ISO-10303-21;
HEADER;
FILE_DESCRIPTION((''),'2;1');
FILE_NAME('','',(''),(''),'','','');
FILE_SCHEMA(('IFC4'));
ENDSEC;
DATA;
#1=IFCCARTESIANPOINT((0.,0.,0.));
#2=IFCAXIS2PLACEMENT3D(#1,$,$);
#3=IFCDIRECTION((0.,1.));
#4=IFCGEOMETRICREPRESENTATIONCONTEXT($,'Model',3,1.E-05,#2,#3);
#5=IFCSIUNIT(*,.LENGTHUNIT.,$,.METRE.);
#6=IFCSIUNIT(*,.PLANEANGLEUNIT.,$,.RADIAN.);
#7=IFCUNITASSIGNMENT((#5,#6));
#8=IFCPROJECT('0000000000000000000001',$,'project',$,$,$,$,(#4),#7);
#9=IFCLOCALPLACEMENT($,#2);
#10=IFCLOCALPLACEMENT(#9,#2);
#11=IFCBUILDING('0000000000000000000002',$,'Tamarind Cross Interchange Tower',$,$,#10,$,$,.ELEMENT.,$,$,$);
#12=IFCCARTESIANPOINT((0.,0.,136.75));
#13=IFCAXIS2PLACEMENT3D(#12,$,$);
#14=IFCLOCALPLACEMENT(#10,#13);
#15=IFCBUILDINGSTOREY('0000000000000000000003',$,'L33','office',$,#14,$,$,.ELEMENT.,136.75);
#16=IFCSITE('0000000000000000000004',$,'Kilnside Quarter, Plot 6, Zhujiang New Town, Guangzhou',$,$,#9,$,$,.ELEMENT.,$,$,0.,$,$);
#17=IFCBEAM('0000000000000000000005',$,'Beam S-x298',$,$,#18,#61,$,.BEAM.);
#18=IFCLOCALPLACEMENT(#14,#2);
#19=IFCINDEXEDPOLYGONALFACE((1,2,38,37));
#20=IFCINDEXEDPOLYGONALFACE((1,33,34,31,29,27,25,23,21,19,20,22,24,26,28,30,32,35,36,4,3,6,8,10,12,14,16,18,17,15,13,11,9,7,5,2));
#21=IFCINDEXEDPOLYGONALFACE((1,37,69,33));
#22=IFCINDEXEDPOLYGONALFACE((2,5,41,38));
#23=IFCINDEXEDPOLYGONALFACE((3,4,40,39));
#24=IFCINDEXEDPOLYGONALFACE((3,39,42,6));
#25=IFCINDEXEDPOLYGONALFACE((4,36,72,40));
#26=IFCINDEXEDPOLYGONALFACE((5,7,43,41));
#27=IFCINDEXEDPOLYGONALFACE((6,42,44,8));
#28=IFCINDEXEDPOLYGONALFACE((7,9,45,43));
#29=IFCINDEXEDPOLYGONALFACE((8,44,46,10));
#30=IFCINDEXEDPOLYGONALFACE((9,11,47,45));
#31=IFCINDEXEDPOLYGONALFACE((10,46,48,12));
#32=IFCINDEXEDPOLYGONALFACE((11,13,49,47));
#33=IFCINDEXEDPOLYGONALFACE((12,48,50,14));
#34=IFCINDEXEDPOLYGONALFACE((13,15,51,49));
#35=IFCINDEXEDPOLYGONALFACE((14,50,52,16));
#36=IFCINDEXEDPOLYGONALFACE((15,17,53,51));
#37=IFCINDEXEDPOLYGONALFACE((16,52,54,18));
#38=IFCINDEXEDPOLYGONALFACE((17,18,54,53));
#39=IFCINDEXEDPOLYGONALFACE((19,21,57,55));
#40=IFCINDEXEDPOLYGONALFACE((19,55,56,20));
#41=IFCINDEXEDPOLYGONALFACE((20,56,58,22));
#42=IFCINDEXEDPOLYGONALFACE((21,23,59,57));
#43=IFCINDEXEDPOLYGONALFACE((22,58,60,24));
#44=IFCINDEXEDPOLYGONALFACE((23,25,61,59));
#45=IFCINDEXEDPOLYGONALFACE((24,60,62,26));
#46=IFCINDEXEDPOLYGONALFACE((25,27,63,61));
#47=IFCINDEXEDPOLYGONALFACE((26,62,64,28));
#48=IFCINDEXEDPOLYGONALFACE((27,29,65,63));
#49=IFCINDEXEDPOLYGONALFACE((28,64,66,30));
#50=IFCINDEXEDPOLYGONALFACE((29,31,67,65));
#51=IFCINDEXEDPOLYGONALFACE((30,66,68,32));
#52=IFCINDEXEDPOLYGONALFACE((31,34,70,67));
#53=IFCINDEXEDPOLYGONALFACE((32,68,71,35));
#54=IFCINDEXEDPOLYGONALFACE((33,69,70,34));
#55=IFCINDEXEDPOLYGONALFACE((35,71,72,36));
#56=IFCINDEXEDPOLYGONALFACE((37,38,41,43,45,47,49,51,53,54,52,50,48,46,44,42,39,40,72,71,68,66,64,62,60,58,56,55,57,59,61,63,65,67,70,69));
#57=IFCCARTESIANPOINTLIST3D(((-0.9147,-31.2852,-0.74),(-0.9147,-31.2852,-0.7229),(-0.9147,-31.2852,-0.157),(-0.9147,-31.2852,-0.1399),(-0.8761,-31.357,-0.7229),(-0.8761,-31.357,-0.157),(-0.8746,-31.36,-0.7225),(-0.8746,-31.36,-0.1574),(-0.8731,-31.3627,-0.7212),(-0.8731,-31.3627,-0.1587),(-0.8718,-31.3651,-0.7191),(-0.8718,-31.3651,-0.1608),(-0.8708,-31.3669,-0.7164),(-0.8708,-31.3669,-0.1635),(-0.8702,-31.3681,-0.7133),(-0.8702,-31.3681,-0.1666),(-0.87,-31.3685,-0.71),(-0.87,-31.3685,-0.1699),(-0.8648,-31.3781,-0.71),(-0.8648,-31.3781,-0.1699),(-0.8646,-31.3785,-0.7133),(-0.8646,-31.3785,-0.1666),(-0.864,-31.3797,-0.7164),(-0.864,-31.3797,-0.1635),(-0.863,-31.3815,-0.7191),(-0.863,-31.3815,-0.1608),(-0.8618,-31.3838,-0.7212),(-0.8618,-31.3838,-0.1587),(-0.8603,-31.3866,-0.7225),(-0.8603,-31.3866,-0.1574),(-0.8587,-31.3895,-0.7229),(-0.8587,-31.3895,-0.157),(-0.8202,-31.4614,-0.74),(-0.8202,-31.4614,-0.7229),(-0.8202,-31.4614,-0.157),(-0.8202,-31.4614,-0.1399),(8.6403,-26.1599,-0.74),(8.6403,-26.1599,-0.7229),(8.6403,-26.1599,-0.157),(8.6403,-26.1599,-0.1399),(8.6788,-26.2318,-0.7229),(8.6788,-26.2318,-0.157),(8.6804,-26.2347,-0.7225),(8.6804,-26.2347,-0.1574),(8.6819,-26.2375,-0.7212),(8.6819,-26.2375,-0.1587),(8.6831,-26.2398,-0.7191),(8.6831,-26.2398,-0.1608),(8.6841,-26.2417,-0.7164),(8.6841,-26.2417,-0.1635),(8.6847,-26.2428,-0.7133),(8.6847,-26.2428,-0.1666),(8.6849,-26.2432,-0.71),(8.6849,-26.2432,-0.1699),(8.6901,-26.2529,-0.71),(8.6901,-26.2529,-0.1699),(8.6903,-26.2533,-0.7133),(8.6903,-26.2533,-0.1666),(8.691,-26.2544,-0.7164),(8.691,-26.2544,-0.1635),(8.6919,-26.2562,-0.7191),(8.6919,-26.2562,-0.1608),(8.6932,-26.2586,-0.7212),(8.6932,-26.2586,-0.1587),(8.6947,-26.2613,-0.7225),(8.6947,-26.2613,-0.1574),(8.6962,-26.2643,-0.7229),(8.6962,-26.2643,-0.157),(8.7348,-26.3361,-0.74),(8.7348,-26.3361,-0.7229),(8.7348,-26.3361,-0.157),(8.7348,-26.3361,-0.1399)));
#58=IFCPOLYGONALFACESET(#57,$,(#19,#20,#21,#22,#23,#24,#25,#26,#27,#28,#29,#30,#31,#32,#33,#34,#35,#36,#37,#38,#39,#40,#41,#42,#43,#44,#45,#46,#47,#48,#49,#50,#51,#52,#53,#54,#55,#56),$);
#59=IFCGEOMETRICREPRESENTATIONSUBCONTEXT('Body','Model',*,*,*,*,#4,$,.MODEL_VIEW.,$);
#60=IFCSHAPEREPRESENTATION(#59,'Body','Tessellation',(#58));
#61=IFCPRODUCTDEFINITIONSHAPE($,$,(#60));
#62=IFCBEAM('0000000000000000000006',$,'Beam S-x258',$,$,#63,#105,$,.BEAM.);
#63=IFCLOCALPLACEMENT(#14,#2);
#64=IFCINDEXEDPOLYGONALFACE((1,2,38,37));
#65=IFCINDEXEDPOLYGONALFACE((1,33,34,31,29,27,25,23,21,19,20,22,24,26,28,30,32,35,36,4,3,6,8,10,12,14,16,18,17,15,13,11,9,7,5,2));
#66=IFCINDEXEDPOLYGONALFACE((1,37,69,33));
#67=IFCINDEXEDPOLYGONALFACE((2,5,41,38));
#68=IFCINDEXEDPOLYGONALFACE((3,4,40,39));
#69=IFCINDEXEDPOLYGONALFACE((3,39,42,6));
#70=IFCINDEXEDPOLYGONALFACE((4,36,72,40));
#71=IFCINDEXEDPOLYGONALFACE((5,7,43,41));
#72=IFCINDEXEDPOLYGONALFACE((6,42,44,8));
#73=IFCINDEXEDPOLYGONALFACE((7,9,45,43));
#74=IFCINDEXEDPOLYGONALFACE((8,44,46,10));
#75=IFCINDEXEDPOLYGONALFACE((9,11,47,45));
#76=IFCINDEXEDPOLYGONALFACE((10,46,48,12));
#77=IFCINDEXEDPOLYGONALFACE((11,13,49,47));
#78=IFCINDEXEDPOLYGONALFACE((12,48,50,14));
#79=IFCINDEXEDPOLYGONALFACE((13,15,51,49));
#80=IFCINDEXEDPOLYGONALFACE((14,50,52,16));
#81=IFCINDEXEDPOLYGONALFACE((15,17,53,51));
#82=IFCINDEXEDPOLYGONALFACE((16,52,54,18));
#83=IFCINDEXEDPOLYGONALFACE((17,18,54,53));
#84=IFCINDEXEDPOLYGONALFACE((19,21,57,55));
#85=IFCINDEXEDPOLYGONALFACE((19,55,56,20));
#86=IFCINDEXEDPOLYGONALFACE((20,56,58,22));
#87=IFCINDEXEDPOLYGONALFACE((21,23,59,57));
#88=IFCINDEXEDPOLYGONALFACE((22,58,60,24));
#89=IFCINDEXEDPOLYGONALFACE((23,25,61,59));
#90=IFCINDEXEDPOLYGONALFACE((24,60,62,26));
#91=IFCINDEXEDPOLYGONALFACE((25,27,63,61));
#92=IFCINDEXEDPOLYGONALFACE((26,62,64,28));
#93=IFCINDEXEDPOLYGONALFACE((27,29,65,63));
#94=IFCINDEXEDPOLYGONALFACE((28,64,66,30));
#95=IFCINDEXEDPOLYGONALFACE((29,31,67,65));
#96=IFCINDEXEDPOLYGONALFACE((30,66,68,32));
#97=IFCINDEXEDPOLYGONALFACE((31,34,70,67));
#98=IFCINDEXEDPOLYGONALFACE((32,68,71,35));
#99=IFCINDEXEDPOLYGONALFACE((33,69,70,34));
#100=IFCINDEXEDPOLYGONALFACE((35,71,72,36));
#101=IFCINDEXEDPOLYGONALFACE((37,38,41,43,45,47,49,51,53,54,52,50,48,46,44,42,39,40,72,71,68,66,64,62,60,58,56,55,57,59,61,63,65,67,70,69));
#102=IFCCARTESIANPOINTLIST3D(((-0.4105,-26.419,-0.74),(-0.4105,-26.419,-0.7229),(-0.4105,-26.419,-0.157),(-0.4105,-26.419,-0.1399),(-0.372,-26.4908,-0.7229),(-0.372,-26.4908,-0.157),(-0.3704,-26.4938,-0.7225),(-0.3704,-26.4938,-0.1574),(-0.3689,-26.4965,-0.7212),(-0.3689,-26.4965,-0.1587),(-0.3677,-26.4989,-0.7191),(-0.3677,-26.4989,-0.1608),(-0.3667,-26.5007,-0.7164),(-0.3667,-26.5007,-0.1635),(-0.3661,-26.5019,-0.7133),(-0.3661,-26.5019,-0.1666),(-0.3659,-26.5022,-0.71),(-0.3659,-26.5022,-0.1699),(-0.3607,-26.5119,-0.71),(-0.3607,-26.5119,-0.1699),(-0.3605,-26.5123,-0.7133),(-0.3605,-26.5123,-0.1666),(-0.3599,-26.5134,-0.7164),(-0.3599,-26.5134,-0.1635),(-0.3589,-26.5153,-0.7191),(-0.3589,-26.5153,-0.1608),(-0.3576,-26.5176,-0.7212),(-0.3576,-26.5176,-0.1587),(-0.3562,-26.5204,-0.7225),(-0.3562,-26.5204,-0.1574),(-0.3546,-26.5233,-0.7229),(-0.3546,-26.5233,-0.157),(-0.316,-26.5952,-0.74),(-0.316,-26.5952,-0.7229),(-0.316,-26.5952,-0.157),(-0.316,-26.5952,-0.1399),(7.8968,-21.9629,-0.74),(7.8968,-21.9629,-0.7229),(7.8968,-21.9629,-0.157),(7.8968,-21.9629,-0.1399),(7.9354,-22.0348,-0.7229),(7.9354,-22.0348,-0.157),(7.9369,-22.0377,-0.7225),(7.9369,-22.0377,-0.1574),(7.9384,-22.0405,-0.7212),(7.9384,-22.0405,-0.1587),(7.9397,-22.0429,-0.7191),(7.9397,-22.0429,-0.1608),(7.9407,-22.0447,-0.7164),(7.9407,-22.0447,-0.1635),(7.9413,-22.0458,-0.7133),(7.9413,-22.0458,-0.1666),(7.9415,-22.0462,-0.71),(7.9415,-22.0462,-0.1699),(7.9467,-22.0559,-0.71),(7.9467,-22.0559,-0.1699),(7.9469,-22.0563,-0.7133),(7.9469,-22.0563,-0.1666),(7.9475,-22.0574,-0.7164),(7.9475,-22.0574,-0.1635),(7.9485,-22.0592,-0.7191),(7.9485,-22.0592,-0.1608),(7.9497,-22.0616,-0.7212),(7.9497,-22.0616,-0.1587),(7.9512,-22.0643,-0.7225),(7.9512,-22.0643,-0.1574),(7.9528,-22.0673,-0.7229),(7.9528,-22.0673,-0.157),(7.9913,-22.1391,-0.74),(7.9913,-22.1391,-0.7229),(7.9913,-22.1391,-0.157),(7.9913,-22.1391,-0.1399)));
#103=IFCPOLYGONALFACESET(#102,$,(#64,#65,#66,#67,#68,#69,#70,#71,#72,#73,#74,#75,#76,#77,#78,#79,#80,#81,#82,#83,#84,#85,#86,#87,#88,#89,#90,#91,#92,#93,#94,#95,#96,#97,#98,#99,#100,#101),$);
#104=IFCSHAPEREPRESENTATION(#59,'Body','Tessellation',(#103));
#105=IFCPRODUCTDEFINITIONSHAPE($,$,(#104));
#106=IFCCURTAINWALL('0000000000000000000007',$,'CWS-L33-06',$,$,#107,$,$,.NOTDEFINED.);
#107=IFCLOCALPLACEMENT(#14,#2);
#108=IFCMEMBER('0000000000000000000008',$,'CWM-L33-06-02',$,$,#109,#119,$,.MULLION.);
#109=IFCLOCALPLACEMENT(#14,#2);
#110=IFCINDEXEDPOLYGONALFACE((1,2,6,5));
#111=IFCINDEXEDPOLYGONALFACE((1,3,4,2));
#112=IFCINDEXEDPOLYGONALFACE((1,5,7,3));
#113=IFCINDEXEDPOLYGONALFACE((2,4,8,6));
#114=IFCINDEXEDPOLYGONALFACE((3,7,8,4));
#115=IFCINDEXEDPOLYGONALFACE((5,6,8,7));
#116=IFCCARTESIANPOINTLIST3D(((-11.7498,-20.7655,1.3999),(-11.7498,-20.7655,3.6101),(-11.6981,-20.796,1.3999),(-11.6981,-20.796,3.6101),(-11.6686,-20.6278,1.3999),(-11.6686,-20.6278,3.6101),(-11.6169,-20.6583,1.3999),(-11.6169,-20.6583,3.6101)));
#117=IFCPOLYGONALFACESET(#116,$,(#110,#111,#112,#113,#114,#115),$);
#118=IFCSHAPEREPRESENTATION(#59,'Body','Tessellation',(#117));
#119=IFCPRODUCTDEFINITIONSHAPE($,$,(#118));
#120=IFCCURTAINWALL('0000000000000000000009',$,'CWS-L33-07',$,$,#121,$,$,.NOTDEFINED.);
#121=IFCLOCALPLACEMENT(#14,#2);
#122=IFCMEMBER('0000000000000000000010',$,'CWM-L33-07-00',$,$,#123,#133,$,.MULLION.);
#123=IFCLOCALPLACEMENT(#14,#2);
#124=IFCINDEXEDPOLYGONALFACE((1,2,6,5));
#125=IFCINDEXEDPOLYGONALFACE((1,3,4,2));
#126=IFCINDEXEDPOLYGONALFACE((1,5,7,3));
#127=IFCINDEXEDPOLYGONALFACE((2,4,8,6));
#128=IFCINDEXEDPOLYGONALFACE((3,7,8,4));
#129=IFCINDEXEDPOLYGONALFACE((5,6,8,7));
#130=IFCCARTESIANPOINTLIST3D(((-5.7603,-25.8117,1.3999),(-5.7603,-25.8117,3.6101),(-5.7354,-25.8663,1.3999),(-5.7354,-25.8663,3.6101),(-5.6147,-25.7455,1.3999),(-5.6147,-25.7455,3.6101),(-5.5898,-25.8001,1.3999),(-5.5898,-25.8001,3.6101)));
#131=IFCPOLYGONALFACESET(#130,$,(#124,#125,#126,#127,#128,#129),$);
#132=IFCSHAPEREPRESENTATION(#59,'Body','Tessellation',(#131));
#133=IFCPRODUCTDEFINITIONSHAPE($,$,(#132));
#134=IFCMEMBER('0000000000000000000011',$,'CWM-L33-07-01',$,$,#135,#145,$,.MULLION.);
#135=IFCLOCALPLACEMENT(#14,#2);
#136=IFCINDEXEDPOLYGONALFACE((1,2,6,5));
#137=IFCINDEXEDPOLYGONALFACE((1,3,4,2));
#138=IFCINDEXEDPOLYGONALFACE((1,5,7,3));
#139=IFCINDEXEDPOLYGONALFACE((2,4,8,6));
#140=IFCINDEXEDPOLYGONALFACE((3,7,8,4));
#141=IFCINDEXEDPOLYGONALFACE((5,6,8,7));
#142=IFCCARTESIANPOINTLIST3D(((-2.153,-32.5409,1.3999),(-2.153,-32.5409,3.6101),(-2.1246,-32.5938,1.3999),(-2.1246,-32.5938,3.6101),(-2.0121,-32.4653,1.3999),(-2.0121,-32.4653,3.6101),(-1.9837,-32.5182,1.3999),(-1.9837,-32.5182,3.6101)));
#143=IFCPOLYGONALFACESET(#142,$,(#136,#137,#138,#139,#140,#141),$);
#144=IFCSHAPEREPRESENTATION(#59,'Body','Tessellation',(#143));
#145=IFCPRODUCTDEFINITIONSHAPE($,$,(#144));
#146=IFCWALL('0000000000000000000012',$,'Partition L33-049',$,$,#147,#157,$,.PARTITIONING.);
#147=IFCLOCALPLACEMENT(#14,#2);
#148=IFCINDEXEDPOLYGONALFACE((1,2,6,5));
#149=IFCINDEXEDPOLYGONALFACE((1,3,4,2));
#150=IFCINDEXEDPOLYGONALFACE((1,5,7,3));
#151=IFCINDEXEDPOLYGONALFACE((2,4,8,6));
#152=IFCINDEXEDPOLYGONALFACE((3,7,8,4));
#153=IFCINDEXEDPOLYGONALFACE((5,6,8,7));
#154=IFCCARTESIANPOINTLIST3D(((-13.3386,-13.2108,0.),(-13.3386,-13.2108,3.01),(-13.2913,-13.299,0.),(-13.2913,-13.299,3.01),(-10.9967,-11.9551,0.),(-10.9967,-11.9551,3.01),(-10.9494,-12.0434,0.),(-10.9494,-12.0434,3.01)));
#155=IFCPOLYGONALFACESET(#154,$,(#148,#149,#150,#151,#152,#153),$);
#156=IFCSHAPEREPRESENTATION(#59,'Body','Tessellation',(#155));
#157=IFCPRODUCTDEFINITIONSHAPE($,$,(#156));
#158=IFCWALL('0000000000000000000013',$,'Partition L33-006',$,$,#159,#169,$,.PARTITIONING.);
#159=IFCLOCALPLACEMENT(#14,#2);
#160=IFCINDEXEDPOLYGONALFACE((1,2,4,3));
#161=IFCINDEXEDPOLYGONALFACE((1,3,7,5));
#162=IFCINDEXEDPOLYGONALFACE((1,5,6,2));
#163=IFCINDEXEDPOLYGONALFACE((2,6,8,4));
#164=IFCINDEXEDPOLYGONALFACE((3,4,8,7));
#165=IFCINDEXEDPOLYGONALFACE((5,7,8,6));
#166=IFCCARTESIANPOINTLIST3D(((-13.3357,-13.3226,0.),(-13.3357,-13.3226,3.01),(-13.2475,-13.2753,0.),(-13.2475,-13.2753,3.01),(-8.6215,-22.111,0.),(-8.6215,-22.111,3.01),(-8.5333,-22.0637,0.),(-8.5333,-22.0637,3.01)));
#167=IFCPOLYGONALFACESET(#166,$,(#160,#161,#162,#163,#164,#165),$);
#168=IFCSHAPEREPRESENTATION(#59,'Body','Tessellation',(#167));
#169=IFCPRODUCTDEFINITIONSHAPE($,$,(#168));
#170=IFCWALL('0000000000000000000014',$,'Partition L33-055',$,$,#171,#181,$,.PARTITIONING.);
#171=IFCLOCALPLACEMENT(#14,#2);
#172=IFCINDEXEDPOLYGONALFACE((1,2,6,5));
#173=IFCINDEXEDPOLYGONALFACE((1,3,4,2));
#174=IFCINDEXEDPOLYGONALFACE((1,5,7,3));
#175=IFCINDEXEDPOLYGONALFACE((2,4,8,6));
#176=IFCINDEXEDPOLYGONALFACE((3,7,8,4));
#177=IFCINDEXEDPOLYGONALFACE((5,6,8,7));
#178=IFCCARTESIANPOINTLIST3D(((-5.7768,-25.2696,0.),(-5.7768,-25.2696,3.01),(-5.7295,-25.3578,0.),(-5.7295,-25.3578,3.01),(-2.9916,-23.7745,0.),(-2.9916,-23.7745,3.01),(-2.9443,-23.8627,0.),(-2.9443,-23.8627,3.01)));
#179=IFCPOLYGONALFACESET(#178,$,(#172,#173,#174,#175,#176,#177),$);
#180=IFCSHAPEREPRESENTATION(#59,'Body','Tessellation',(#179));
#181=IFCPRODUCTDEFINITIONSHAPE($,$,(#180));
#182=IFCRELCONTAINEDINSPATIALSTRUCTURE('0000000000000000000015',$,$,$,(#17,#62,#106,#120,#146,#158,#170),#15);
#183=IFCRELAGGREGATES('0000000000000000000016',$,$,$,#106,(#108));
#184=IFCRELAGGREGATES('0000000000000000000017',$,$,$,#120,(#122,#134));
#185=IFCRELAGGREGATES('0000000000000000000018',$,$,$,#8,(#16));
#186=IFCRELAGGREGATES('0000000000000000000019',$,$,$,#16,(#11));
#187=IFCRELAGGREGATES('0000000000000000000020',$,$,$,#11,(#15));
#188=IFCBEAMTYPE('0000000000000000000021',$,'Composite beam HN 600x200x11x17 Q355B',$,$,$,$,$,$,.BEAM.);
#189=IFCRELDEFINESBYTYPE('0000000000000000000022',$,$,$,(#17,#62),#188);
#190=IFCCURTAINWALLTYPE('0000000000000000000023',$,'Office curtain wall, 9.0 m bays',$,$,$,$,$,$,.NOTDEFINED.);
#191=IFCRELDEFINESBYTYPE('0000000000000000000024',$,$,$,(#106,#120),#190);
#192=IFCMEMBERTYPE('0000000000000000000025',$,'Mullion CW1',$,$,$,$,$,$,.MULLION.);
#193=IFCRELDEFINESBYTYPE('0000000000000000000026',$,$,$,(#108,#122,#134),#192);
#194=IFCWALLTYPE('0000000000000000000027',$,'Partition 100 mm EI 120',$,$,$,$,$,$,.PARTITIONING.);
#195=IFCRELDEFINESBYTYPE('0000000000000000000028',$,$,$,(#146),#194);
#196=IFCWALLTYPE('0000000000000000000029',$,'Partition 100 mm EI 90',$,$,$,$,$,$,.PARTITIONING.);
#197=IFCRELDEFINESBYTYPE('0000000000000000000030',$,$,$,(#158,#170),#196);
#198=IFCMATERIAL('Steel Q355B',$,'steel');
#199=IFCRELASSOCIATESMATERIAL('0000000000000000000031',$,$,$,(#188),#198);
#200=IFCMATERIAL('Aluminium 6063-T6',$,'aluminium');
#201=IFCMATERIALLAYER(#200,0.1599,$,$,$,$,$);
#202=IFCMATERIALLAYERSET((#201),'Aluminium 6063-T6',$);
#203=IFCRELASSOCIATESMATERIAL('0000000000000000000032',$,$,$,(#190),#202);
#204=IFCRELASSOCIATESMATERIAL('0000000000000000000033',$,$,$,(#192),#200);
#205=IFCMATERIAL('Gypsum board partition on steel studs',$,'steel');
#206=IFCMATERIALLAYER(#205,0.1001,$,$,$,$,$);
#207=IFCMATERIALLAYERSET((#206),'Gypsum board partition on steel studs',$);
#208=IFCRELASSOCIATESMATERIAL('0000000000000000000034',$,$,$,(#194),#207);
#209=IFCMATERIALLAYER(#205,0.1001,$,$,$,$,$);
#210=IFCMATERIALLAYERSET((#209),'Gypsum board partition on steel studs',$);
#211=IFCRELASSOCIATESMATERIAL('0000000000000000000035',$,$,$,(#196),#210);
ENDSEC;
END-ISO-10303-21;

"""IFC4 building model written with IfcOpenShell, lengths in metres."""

from ifc_helpers import new_model, si_unit, direction, frame, frame_2d, origin, origin_2d, place, context, subcontext, project, spatial, rectangle, i_section, extrude, material, layer, layer_set, material_profile, profile_set, type_object, element, aggregate, save


model = new_model("IFC4")

# Units and contexts
model_context = context("Model", 3, precision=1e-05, world=origin(), true_north=direction((0.0, 1.0)))
body_context = subcontext(model_context, "Body", "Model", "MODEL_VIEW")
ifc_project = project(units=[si_unit("LENGTHUNIT", "METRE"), si_unit("PLANEANGLEUNIT", "RADIAN")], contexts=[model_context])

# Site, building, storey
site_placement = place(None, origin())
site = spatial("IfcSite", under=ifc_project, at=site_placement, Name="Kilnside Quarter, Plot 6, Zhujiang New Town, Guangzhou", CompositionType="ELEMENT", RefElevation=0.0)
building_placement = place(site_placement, origin())
building = spatial("IfcBuilding", under=site, at=building_placement, Name="Tamarind Cross Interchange Tower", CompositionType="ELEMENT")
storey_placement = place(building_placement, frame((0.0, 0.0, 136.75)))
storey = spatial("IfcBuildingStorey", under=building, at=storey_placement, Name="L33", Description="office", CompositionType="ELEMENT", Elevation=136.75)

# Beams
ifc_material_1 = material(Name="Steel Q355B", Category="steel")
ifc_material_profile_1 = material_profile(ifc_material_1, i_section(OverallWidth=0.2, OverallDepth=0.6001, WebThickness=0.011, FlangeThickness=0.0171, FilletRadius=0.0129, at=origin_2d()), Name="HN 600x200x11x17")
ifc_profile_set_1 = profile_set([ifc_material_profile_1], Name="Steel Q355B")
beam_type_1 = type_object("IfcBeamType", Name="Composite beam HN 600x200x11x17 Q355B", PredefinedType="BEAM", material=ifc_profile_set_1)
beam_1_placement = place(storey_placement, frame((-0.8674, -31.3733, -0.4399), z_axis=(0.881229, 0.472689, 0.0), x_axis=(-0.472689, 0.881229, 0.0)))
element("IfcBeam", 1, at=beam_1_placement, inside=storey, type_object=beam_type_1, Name="Beam S-x298", PredefinedType="BEAM", context=body_context, shape_type="SweptSolid", body=[
    extrude(i_section(OverallWidth=0.2, OverallDepth=0.6001, WebThickness=0.011, FlangeThickness=0.0171, FilletRadius=0.0129, at=origin_2d()), origin(), (0.0, 0.0, 1.0), 10.8428),
])
beam_2_placement = place(storey_placement, frame((-0.3633, -26.5071, -0.4399), z_axis=(0.881229, 0.472689, 0.0), x_axis=(-0.472689, 0.881229, 0.0)))
element("IfcBeam", 2, at=beam_2_placement, inside=storey, type_object=beam_type_1, Name="Beam S-x258", PredefinedType="BEAM", context=body_context, shape_type="SweptSolid", body=[
    extrude(i_section(OverallWidth=0.2, OverallDepth=0.6001, WebThickness=0.011, FlangeThickness=0.0171, FilletRadius=0.0129, at=origin_2d()), origin(), (0.0, 0.0, 1.0), 9.427),
])

# Curtain wall, member
ifc_material_2 = material(Name="Aluminium 6063-T6", Category="aluminium")
ifc_layer_1 = layer(ifc_material_2, 0.1599)
ifc_layer_set_1 = layer_set([ifc_layer_1], Name="Aluminium 6063-T6")
curtain_wall_type = type_object("IfcCurtainWallType", Name="Office curtain wall, 9.0 m bays", PredefinedType="NOTDEFINED", material=ifc_layer_set_1)
curtain_wall_1_placement = place(storey_placement, origin())
curtain_wall_1 = element("IfcCurtainWall", 3, at=curtain_wall_1_placement, inside=storey, type_object=curtain_wall_type, Name="CWS-L33-06", PredefinedType="NOTDEFINED")
ifc_material_profile_2 = material_profile(ifc_material_2, rectangle(XDim=0.0601, YDim=0.1599, at=origin_2d()), Name="Mullion CW1")
ifc_profile_set_2 = profile_set([ifc_material_profile_2], Name="Aluminium 6063-T6")
member_type = type_object("IfcMemberType", Name="Mullion CW1", PredefinedType="MULLION", material=ifc_profile_set_2)
member_1_placement = place(storey_placement, frame((-11.6833, -20.7119, 1.3999), z_axis=(0.0, 0.0, 1.0), x_axis=(0.861249, -0.508183, 0.0)))
member_1 = element("IfcMember", 4, at=member_1_placement, type_object=member_type, Name="CWM-L33-06-02", PredefinedType="MULLION", context=body_context, shape_type="SweptSolid", body=[
    extrude(rectangle(XDim=0.0601, YDim=0.1599, at=origin_2d()), origin(), (0.0, 0.0, 1.0), 2.2102),
])
aggregate(curtain_wall_1, [member_1])

# Curtain wall, members
curtain_wall_2_placement = place(storey_placement, origin())
curtain_wall_2 = element("IfcCurtainWall", 5, at=curtain_wall_2_placement, inside=storey, type_object=curtain_wall_type, Name="CWS-L33-07", PredefinedType="NOTDEFINED")
member_2_placement = place(storey_placement, frame((-5.675, -25.8059, 1.3999), z_axis=(0.0, 0.0, 1.0), x_axis=(0.414052, -0.910253, 0.0)))
member_2 = element("IfcMember", 6, at=member_2_placement, type_object=member_type, Name="CWM-L33-07-00", PredefinedType="MULLION", context=body_context, shape_type="SweptSolid", body=[
    extrude(rectangle(XDim=0.0601, YDim=0.1599, at=origin_2d()), origin(), (0.0, 0.0, 1.0), 2.2102),
])
member_3_placement = place(storey_placement, frame((-2.0684, -32.5295, 1.3999), z_axis=(0.0, 0.0, 1.0), x_axis=(0.472698, -0.881224, 0.0)))
member_3 = element("IfcMember", 7, at=member_3_placement, type_object=member_type, Name="CWM-L33-07-01", PredefinedType="MULLION", context=body_context, shape_type="SweptSolid", body=[
    extrude(rectangle(XDim=0.0601, YDim=0.1599, at=origin_2d()), origin(), (0.0, 0.0, 1.0), 2.2102),
])
aggregate(curtain_wall_2, [member_2, member_3])

# Walls
ifc_material_3 = material(Name="Gypsum board partition on steel studs", Category="steel")
ifc_layer_2 = layer(ifc_material_3, 0.1001)
ifc_layer_set_2 = layer_set([ifc_layer_2], Name="Gypsum board partition on steel studs")
wall_type_1 = type_object("IfcWallType", Name="Partition 100 mm EI 120", PredefinedType="PARTITIONING", material=ifc_layer_set_2)
wall_1_placement = place(storey_placement, frame((-13.3149, -13.2549, 0.0), z_axis=(0.0, 0.0, 1.0), x_axis=(0.881311, 0.472538, 0.0)))
element("IfcWall", 8, at=wall_1_placement, inside=storey, type_object=wall_type_1, Name="Partition L33-049", PredefinedType="PARTITIONING", context=body_context, shape_type="SweptSolid", body=[
    extrude(rectangle(XDim=2.6572, YDim=0.1001, at=frame_2d((1.3286, 0.0))), origin(), (0.0, 0.0, 1.0), 3.01),
])
ifc_layer_3 = layer(ifc_material_3, 0.1001)
ifc_layer_set_3 = layer_set([ifc_layer_3], Name="Gypsum board partition on steel studs")
wall_type_2 = type_object("IfcWallType", Name="Partition 100 mm EI 90", PredefinedType="PARTITIONING", material=ifc_layer_set_3)
wall_2_placement = place(storey_placement, frame((-13.2915, -13.2991, 0.0), z_axis=(0.0, 0.0, 1.0), x_axis=(0.472695, -0.881226, 0.0)))
element("IfcWall", 9, at=wall_2_placement, inside=storey, type_object=wall_type_2, Name="Partition L33-006", PredefinedType="PARTITIONING", context=body_context, shape_type="SweptSolid", body=[
    extrude(rectangle(XDim=9.9729, YDim=0.1001, at=frame_2d((4.9863, 0.0))), origin(), (0.0, 0.0, 1.0), 3.01),
])
wall_3_placement = place(storey_placement, frame((-5.7532, -25.3137, 0.0), z_axis=(0.0, 0.0, 1.0), x_axis=(0.881075, 0.472976, 0.0)))
element("IfcWall", 10, at=wall_3_placement, inside=storey, type_object=wall_type_2, Name="Partition L33-055", PredefinedType="PARTITIONING", context=body_context, shape_type="SweptSolid", body=[
    extrude(rectangle(XDim=3.1611, YDim=0.1001, at=frame_2d((1.5806, 0.0))), origin(), (0.0, 0.0, 1.0), 3.01),
])

save(model, "model.ifc")
